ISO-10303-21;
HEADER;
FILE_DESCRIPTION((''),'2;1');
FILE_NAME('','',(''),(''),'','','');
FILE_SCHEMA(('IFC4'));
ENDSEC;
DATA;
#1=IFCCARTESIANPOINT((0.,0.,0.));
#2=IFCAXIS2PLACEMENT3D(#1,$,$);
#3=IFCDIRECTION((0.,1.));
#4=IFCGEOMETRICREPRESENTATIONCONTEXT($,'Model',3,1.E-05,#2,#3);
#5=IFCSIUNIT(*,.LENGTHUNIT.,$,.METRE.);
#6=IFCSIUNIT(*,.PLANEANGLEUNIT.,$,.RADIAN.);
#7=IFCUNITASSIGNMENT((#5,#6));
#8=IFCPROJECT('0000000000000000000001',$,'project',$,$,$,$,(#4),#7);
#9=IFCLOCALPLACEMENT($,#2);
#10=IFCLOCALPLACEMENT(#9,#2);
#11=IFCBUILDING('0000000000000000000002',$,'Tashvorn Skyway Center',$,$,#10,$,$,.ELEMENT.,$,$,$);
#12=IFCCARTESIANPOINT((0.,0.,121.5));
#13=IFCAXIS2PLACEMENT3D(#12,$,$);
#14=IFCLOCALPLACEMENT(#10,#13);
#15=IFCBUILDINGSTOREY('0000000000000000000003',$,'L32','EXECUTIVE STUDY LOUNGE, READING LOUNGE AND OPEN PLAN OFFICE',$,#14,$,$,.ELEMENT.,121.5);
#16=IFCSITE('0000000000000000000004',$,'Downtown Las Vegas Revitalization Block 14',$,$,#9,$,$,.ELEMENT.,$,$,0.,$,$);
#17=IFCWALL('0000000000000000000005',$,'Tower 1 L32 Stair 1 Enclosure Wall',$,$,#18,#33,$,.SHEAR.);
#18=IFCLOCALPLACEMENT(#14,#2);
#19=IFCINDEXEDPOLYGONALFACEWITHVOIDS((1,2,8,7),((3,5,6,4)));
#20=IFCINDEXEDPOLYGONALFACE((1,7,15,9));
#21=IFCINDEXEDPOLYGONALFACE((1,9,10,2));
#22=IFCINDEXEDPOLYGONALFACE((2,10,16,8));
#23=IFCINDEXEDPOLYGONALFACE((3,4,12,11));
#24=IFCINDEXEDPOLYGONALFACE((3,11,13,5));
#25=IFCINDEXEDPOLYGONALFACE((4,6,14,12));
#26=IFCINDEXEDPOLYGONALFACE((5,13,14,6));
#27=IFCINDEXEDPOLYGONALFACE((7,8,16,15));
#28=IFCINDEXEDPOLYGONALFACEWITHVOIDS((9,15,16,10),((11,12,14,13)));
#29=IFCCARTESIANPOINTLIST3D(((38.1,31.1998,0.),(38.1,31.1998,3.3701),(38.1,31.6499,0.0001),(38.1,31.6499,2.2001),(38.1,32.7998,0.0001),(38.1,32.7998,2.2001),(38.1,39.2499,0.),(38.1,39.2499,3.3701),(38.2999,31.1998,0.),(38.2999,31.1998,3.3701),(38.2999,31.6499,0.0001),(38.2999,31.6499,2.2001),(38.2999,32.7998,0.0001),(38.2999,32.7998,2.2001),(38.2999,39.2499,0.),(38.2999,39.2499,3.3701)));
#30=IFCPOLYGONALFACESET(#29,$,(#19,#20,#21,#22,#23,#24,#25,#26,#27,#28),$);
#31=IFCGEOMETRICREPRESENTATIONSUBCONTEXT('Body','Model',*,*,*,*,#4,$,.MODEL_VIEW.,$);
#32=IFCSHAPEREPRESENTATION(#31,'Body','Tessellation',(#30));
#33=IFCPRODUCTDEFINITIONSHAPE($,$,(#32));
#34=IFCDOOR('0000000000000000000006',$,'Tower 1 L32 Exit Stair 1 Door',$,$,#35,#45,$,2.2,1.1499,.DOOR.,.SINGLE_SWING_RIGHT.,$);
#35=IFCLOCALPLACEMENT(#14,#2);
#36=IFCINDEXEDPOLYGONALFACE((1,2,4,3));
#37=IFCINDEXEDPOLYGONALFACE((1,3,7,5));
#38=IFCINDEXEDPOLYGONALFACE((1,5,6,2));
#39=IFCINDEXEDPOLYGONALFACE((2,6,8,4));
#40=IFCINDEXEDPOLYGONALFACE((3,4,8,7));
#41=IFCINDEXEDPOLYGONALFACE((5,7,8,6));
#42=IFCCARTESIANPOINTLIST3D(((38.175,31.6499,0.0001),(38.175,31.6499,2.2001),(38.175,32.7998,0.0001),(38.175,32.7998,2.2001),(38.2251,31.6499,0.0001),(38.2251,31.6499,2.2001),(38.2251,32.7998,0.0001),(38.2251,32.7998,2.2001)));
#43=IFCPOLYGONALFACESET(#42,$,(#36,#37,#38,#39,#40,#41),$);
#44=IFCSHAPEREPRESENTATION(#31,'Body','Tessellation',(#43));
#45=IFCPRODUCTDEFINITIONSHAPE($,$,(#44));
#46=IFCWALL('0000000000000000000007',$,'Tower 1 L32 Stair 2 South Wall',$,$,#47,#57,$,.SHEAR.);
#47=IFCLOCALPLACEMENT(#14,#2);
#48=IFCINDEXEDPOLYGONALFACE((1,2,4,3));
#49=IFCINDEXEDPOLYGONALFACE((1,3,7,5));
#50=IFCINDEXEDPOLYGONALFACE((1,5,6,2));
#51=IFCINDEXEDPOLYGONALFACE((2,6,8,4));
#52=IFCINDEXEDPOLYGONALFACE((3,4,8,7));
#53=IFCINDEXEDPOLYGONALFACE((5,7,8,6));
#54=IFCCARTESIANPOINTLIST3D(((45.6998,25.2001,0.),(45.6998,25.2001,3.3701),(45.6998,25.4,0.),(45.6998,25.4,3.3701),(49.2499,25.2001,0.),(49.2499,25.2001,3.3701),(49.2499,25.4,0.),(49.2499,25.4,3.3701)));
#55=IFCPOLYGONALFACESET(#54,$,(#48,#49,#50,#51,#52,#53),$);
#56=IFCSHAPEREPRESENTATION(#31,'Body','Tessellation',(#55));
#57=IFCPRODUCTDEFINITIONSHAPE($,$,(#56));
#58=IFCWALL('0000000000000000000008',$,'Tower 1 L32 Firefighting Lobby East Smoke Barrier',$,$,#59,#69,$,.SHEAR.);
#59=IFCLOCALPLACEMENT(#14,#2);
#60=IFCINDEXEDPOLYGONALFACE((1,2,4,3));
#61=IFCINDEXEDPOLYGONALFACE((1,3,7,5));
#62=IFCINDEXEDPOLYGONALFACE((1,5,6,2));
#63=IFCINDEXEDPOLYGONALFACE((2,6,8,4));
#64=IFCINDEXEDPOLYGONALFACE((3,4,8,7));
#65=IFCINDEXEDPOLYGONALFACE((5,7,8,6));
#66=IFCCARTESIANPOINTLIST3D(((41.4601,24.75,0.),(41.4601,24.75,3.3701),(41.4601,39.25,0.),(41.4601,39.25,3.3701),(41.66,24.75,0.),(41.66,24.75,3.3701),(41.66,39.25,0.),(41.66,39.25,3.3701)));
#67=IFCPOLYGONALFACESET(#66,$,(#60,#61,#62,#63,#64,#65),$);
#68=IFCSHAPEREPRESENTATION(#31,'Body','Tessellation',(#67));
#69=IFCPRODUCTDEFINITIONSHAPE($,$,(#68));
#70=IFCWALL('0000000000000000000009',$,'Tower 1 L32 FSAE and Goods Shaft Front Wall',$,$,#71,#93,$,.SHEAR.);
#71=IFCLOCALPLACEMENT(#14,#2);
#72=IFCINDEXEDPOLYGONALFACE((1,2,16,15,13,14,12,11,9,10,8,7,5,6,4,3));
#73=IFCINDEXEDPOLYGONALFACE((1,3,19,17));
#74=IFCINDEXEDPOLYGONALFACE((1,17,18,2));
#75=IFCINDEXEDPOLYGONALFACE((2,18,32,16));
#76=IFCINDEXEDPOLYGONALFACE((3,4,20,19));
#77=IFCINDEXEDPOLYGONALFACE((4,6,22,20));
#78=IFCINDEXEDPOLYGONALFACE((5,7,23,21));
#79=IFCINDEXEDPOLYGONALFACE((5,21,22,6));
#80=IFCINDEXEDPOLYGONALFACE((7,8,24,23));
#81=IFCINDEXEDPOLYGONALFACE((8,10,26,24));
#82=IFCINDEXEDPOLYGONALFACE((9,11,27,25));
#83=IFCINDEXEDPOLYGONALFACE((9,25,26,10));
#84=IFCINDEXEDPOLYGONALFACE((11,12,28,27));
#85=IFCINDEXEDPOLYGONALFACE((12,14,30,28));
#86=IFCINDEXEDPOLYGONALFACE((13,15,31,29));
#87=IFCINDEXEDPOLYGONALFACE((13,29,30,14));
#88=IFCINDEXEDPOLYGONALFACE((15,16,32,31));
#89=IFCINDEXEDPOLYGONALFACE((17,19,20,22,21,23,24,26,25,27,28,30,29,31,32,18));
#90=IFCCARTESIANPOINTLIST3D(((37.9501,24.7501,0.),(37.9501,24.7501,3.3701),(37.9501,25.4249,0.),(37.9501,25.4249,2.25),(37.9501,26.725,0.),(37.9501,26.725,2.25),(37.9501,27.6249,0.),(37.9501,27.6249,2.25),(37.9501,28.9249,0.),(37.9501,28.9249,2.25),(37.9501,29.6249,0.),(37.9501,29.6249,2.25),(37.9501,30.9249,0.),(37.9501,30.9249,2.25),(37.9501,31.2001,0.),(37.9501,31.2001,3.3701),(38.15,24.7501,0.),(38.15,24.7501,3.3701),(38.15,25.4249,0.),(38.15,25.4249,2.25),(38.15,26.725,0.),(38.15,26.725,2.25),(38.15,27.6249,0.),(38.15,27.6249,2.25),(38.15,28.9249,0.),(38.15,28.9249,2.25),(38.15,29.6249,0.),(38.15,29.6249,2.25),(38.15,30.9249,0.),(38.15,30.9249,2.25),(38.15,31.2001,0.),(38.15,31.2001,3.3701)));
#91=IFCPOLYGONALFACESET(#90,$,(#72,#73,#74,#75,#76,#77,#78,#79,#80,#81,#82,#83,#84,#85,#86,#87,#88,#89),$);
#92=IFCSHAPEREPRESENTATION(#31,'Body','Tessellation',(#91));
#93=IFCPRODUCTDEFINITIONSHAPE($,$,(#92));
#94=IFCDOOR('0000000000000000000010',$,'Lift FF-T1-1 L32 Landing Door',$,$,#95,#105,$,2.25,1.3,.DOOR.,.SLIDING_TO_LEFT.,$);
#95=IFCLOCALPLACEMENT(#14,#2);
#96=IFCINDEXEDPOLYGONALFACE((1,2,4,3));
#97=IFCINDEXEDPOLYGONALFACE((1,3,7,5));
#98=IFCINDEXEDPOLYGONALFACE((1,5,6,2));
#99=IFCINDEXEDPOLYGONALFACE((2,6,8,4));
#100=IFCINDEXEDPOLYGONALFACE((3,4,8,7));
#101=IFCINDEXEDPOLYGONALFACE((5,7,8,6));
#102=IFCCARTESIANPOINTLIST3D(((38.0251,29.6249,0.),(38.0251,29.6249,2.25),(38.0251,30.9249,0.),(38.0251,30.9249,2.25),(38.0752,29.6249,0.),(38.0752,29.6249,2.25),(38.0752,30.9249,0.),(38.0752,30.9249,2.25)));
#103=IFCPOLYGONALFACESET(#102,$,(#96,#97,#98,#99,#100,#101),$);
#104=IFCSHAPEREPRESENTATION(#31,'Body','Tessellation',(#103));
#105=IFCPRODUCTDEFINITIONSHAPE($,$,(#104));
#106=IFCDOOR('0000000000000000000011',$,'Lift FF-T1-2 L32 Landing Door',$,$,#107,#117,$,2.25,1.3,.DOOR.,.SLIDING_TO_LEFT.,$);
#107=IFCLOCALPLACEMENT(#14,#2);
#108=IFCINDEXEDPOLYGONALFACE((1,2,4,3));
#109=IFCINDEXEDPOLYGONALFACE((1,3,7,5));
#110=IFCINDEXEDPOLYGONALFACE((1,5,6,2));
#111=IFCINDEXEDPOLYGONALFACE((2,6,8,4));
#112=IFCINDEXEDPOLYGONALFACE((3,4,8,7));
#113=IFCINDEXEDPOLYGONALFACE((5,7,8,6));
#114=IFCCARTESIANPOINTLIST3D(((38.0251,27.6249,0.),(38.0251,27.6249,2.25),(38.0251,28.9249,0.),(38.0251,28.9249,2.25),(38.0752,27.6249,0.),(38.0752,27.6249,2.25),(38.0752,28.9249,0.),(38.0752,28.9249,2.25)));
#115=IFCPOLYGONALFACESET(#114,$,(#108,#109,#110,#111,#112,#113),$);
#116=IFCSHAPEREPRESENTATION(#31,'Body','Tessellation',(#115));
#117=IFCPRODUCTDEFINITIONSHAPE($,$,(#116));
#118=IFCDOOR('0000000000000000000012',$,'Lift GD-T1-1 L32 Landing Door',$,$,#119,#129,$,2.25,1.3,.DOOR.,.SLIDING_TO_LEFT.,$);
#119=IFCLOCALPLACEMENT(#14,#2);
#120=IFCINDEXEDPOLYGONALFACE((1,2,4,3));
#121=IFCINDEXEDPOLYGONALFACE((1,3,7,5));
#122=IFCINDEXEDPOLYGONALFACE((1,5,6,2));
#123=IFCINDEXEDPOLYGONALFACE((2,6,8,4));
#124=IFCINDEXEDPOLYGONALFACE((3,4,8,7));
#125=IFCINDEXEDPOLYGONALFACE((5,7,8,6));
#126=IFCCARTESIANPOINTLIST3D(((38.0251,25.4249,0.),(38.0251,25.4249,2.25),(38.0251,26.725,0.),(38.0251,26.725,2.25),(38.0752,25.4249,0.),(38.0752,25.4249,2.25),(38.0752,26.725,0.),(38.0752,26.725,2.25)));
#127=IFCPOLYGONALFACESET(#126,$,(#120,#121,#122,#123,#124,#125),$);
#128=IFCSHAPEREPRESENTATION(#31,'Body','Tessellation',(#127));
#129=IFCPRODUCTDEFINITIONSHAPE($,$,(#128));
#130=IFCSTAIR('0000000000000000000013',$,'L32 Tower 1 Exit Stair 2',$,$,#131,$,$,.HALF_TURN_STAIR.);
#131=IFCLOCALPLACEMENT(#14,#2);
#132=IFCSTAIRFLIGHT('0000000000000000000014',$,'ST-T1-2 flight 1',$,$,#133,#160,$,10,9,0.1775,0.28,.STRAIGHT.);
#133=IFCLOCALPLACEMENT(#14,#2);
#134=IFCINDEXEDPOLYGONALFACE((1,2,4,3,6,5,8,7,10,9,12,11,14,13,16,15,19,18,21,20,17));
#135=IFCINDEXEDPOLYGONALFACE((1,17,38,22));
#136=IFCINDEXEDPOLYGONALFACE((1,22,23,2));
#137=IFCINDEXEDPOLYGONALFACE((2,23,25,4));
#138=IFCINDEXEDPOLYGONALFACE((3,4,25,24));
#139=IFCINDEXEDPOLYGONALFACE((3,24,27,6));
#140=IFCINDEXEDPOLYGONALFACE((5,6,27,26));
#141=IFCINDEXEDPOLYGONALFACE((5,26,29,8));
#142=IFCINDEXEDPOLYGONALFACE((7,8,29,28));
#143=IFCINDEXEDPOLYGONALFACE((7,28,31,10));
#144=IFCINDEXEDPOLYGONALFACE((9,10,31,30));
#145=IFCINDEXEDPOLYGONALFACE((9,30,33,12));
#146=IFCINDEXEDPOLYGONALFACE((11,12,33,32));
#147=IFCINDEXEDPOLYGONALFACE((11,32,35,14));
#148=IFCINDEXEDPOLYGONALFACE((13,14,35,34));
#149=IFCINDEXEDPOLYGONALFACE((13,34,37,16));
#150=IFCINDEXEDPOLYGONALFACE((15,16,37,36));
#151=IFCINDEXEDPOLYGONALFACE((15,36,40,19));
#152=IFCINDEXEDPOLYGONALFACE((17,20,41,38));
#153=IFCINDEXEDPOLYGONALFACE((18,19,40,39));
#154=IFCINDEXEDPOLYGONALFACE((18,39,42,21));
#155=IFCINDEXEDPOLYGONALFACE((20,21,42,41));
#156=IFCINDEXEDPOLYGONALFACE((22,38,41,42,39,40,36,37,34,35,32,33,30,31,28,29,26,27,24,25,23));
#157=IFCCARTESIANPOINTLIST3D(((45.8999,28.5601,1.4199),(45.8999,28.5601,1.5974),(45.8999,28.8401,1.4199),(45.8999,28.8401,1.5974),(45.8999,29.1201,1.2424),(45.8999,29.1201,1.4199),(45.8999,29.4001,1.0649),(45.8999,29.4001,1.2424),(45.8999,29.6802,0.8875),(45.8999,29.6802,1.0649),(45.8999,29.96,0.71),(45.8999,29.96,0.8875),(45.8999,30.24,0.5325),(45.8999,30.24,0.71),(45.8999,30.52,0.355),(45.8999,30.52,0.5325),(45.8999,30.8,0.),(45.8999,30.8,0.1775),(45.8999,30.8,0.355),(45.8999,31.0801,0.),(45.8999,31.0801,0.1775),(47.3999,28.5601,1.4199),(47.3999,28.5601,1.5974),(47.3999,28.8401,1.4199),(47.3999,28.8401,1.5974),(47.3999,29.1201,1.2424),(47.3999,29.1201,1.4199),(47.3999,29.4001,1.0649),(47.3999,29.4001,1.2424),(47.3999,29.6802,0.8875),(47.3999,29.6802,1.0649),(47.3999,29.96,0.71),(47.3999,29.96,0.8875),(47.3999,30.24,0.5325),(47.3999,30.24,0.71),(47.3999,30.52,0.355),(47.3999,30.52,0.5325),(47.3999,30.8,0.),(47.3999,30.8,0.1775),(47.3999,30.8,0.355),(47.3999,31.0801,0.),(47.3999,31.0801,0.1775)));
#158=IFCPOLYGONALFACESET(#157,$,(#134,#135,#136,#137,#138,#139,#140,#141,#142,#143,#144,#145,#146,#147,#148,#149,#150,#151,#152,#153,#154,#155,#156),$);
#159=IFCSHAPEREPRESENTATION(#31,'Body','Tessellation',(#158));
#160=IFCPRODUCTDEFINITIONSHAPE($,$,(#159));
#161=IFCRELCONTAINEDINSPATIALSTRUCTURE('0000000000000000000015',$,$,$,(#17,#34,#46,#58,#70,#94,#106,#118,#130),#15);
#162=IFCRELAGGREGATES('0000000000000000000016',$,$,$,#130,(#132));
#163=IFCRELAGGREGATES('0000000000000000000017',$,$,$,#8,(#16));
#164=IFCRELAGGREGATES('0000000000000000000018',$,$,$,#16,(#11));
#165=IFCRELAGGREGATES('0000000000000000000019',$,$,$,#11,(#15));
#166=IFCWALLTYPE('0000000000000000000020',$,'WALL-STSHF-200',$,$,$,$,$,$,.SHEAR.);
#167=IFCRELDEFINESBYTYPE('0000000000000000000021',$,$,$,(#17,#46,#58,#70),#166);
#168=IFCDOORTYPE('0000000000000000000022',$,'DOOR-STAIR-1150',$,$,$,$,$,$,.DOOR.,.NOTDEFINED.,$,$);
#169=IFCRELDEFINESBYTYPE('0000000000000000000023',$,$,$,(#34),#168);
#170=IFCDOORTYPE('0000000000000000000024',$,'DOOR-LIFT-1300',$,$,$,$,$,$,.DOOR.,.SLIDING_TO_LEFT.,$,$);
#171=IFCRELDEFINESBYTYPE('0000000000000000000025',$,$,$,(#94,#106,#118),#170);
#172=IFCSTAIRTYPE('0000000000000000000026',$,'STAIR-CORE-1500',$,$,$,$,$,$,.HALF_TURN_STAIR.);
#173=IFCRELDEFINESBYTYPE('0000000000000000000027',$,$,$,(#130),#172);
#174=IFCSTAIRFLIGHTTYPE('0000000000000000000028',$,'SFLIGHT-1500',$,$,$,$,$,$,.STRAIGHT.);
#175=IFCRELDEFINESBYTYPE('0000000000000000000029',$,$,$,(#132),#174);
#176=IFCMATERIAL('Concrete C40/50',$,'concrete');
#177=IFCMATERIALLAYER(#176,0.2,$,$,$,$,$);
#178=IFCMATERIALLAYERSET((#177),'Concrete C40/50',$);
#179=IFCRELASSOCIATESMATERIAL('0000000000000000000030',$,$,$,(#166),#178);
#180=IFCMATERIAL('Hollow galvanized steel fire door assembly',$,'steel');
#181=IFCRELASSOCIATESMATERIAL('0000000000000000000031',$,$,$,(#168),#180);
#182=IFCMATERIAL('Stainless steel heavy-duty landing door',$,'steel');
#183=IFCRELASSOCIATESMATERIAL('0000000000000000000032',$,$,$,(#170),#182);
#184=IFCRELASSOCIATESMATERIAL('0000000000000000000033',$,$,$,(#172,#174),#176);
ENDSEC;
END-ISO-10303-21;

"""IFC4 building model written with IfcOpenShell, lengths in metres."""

from ifc_helpers import new_model, si_unit, direction, frame, frame_2d, origin, place, context, subcontext, project, spatial, polyline, rectangle, outline, extrude, material, layer, layer_set, type_object, element, fill, aggregate, save


model = new_model("IFC4")

# Units and contexts
model_context = context("Model", 3, precision=1e-05, world=origin(), true_north=direction((0.0, 1.0)))
body_context = subcontext(model_context, "Body", "Model", "MODEL_VIEW")
ifc_project = project(units=[si_unit("LENGTHUNIT", "METRE"), si_unit("PLANEANGLEUNIT", "RADIAN")], contexts=[model_context])

# Site, building, storey
site_placement = place(None, origin())
site = spatial("IfcSite", under=ifc_project, at=site_placement, Name="Downtown Las Vegas Revitalization Block 14", CompositionType="ELEMENT", RefElevation=0.0)
building_placement = place(site_placement, origin())
building = spatial("IfcBuilding", under=site, at=building_placement, Name="Tashvorn Skyway Center", CompositionType="ELEMENT")
storey_placement = place(building_placement, frame((0.0, 0.0, 121.5)))
storey = spatial("IfcBuildingStorey", under=building, at=storey_placement, Name="L32", Description="EXECUTIVE STUDY LOUNGE, READING LOUNGE AND OPEN PLAN OFFICE", CompositionType="ELEMENT", Elevation=121.5)

# Shared definitions
ifc_material_1 = material(Name="Concrete C40/50", Category="concrete")
ifc_material_2 = material(Name="Hollow galvanized steel fire door assembly", Category="steel")

# Wall, opening, door
ifc_layer_1 = layer(ifc_material_1, 0.2)
ifc_layer_set_1 = layer_set([ifc_layer_1], Name="Concrete C40/50")
wall_type_1 = type_object("IfcWallType", Name="WALL-STSHF-200", PredefinedType="SHEAR", material=ifc_layer_set_1)
wall_1_placement = place(storey_placement, frame((38.2, 31.2, 0.0), z_axis=(0.0, 0.0, 1.0), x_axis=(0.0, 1.0, 0.0)))
wall_1 = element("IfcWall", 1, at=wall_1_placement, inside=storey, type_object=wall_type_1, Name="Tower 1 L32 Stair 1 Enclosure Wall", PredefinedType="SHEAR", context=body_context, shape_type="SweptSolid", body=[
    extrude(rectangle(XDim=8.05, YDim=0.2, at=frame_2d((4.0249, 0.0))), origin(), (0.0, 0.0, 1.0), 3.3701),
])
opening_1_placement = place(wall_1_placement, frame((0.45, 0.0, 0.0)))
opening_1 = element("IfcOpeningElement", 2, at=opening_1_placement, cuts=wall_1, PredefinedType="OPENING", context=body_context, shape_type="SweptSolid", body=[
    extrude(rectangle(XDim=1.1499, YDim=2.2, at=frame_2d((0.575, 1.1001))), frame((0.0, 0.1099, 0.0), z_axis=(0.0, -1.0, 0.0), x_axis=(1.0, 0.0, 0.0)), (0.0, 0.0, 1.0), 0.22),
])
door_type_1 = type_object("IfcDoorType", Name="DOOR-STAIR-1150", OperationType="NOTDEFINED", PredefinedType="DOOR", material=ifc_material_2)
door_1_placement = place(opening_1_placement, origin())
door_1 = element("IfcDoor", 3, at=door_1_placement, inside=storey, type_object=door_type_1, Name="Tower 1 L32 Exit Stair 1 Door", OperationType="SINGLE_SWING_RIGHT", OverallHeight=2.2, OverallWidth=1.1499, PredefinedType="DOOR", context=body_context, shape_type="SweptSolid", body=[
    extrude(rectangle(XDim=1.1499, YDim=2.2, at=frame_2d((0.575, 1.1001))), frame((0.0, 0.0249, 0.0), z_axis=(0.0, -1.0, 0.0), x_axis=(1.0, 0.0, 0.0)), (0.0, 0.0, 1.0), 0.05),
])
fill(opening_1, door_1)

# Walls
wall_2_placement = place(storey_placement, frame((45.7, 25.3, 0.0), z_axis=(0.0, 0.0, 1.0), x_axis=(1.0, 0.0, 0.0)))
element("IfcWall", 4, at=wall_2_placement, inside=storey, type_object=wall_type_1, Name="Tower 1 L32 Stair 2 South Wall", PredefinedType="SHEAR", context=body_context, shape_type="SweptSolid", body=[
    extrude(rectangle(XDim=3.55, YDim=0.2, at=frame_2d((1.7749, 0.0))), origin(), (0.0, 0.0, 1.0), 3.3701),
])
wall_3_placement = place(storey_placement, frame((41.5601, 24.75, 0.0), z_axis=(0.0, 0.0, 1.0), x_axis=(0.0, 1.0, 0.0)))
element("IfcWall", 5, at=wall_3_placement, inside=storey, type_object=wall_type_1, Name="Tower 1 L32 Firefighting Lobby East Smoke Barrier", PredefinedType="SHEAR", context=body_context, shape_type="SweptSolid", body=[
    extrude(rectangle(XDim=14.5, YDim=0.2, at=frame_2d((7.25, 0.0))), origin(), (0.0, 0.0, 1.0), 3.3701),
])

# Wall, openings, doors
wall_4_placement = place(storey_placement, frame((38.05, 24.75, 0.0), z_axis=(0.0, 0.0, 1.0), x_axis=(0.0, 1.0, 0.0)))
wall_4 = element("IfcWall", 6, at=wall_4_placement, inside=storey, type_object=wall_type_1, Name="Tower 1 L32 FSAE and Goods Shaft Front Wall", PredefinedType="SHEAR", context=body_context, shape_type="SweptSolid", body=[
    extrude(rectangle(XDim=6.45, YDim=0.2, at=frame_2d((3.2251, 0.0))), origin(), (0.0, 0.0, 1.0), 3.3701),
])
opening_2_placement = place(wall_4_placement, frame((4.875, 0.0, 0.0)))
opening_2 = element("IfcOpeningElement", 7, at=opening_2_placement, cuts=wall_4, PredefinedType="OPENING", context=body_context, shape_type="SweptSolid", body=[
    extrude(rectangle(XDim=1.3, YDim=2.25, at=frame_2d((0.6499, 1.125))), frame((0.0, 0.1099, 0.0), z_axis=(0.0, -1.0, 0.0), x_axis=(1.0, 0.0, 0.0)), (0.0, 0.0, 1.0), 0.22),
])
opening_3_placement = place(wall_4_placement, frame((2.875, 0.0, 0.0)))
opening_3 = element("IfcOpeningElement", 8, at=opening_3_placement, cuts=wall_4, PredefinedType="OPENING", context=body_context, shape_type="SweptSolid", body=[
    extrude(rectangle(XDim=1.3, YDim=2.25, at=frame_2d((0.6499, 1.125))), frame((0.0, 0.1099, 0.0), z_axis=(0.0, -1.0, 0.0), x_axis=(1.0, 0.0, 0.0)), (0.0, 0.0, 1.0), 0.22),
])
opening_4_placement = place(wall_4_placement, frame((0.675, 0.0, 0.0)))
opening_4 = element("IfcOpeningElement", 9, at=opening_4_placement, cuts=wall_4, PredefinedType="OPENING", context=body_context, shape_type="SweptSolid", body=[
    extrude(rectangle(XDim=1.3, YDim=2.25, at=frame_2d((0.6499, 1.125))), frame((0.0, 0.1099, 0.0), z_axis=(0.0, -1.0, 0.0), x_axis=(1.0, 0.0, 0.0)), (0.0, 0.0, 1.0), 0.22),
])
ifc_material_3 = material(Name="Stainless steel heavy-duty landing door", Category="steel")
door_type_2 = type_object("IfcDoorType", Name="DOOR-LIFT-1300", OperationType="SLIDING_TO_LEFT", PredefinedType="DOOR", material=ifc_material_3)
door_2_placement = place(opening_2_placement, origin())
door_2 = element("IfcDoor", 10, at=door_2_placement, inside=storey, type_object=door_type_2, Name="Lift FF-T1-1 L32 Landing Door", OperationType="SLIDING_TO_LEFT", OverallHeight=2.25, OverallWidth=1.3, PredefinedType="DOOR", context=body_context, shape_type="SweptSolid", body=[
    extrude(rectangle(XDim=1.3, YDim=2.25, at=frame_2d((0.6499, 1.125))), frame((0.0, 0.0249, 0.0), z_axis=(0.0, -1.0, 0.0), x_axis=(1.0, 0.0, 0.0)), (0.0, 0.0, 1.0), 0.05),
])
fill(opening_2, door_2)
door_3_placement = place(opening_3_placement, origin())
door_3 = element("IfcDoor", 11, at=door_3_placement, inside=storey, type_object=door_type_2, Name="Lift FF-T1-2 L32 Landing Door", OperationType="SLIDING_TO_LEFT", OverallHeight=2.25, OverallWidth=1.3, PredefinedType="DOOR", context=body_context, shape_type="SweptSolid", body=[
    extrude(rectangle(XDim=1.3, YDim=2.25, at=frame_2d((0.6499, 1.125))), frame((0.0, 0.0249, 0.0), z_axis=(0.0, -1.0, 0.0), x_axis=(1.0, 0.0, 0.0)), (0.0, 0.0, 1.0), 0.05),
])
fill(opening_3, door_3)
door_4_placement = place(opening_4_placement, origin())
door_4 = element("IfcDoor", 12, at=door_4_placement, inside=storey, type_object=door_type_2, Name="Lift GD-T1-1 L32 Landing Door", OperationType="SLIDING_TO_LEFT", OverallHeight=2.25, OverallWidth=1.3, PredefinedType="DOOR", context=body_context, shape_type="SweptSolid", body=[
    extrude(rectangle(XDim=1.3, YDim=2.25, at=frame_2d((0.6499, 1.125))), frame((0.0, 0.0249, 0.0), z_axis=(0.0, -1.0, 0.0), x_axis=(1.0, 0.0, 0.0)), (0.0, 0.0, 1.0), 0.05),
])
fill(opening_4, door_4)

# Stair, stair flight
stair_type = type_object("IfcStairType", Name="STAIR-CORE-1500", PredefinedType="HALF_TURN_STAIR", material=ifc_material_1)
stair_placement = place(storey_placement, origin())
stair = element("IfcStair", 13, at=stair_placement, inside=storey, type_object=stair_type, Name="L32 Tower 1 Exit Stair 2", PredefinedType="HALF_TURN_STAIR")
stair_flight_type = type_object("IfcStairFlightType", Name="SFLIGHT-1500", PredefinedType="STRAIGHT", material=ifc_material_1)
stair_flight_placement = place(storey_placement, frame((46.6499, 31.0801, 0.0), z_axis=(0.0, 0.0, 1.0), x_axis=(0.0, -1.0, 0.0)))
stair_flight = element("IfcStairFlight", 14, at=stair_flight_placement, type_object=stair_flight_type, Name="ST-T1-2 flight 1", NumberOfRisers=10, NumberOfTreads=9, PredefinedType="STRAIGHT", RiserHeight=0.1775, TreadLength=0.28, context=body_context, shape_type="SweptSolid", body=[
    extrude(outline(polyline([(0.0, 0.0), (0.0, 0.1775), (0.28, 0.1775), (0.28, 0.355), (0.5601, 0.355), (0.5601, 0.5325), (0.8401, 0.5325), (0.8401, 0.71), (1.1201, 0.71), (1.1201, 0.8875), (1.3999, 0.8875), (1.3999, 1.0649), (1.6799, 1.0649), (1.6799, 1.2424), (1.96, 1.2424), (1.96, 1.4199), (2.24, 1.4199), (2.24, 1.5974), (2.52, 1.5974), (2.52, 1.7749), (2.52, 1.4199), (0.28, 0.0), (0.0, 0.0)])), frame((0.0, 0.75, 0.0), z_axis=(0.0, -1.0, 0.0), x_axis=(1.0, 0.0, 0.0)), (0.0, 0.0, 1.0), 1.5),
])
aggregate(stair, [stair_flight])

save(model, "model.ifc")
